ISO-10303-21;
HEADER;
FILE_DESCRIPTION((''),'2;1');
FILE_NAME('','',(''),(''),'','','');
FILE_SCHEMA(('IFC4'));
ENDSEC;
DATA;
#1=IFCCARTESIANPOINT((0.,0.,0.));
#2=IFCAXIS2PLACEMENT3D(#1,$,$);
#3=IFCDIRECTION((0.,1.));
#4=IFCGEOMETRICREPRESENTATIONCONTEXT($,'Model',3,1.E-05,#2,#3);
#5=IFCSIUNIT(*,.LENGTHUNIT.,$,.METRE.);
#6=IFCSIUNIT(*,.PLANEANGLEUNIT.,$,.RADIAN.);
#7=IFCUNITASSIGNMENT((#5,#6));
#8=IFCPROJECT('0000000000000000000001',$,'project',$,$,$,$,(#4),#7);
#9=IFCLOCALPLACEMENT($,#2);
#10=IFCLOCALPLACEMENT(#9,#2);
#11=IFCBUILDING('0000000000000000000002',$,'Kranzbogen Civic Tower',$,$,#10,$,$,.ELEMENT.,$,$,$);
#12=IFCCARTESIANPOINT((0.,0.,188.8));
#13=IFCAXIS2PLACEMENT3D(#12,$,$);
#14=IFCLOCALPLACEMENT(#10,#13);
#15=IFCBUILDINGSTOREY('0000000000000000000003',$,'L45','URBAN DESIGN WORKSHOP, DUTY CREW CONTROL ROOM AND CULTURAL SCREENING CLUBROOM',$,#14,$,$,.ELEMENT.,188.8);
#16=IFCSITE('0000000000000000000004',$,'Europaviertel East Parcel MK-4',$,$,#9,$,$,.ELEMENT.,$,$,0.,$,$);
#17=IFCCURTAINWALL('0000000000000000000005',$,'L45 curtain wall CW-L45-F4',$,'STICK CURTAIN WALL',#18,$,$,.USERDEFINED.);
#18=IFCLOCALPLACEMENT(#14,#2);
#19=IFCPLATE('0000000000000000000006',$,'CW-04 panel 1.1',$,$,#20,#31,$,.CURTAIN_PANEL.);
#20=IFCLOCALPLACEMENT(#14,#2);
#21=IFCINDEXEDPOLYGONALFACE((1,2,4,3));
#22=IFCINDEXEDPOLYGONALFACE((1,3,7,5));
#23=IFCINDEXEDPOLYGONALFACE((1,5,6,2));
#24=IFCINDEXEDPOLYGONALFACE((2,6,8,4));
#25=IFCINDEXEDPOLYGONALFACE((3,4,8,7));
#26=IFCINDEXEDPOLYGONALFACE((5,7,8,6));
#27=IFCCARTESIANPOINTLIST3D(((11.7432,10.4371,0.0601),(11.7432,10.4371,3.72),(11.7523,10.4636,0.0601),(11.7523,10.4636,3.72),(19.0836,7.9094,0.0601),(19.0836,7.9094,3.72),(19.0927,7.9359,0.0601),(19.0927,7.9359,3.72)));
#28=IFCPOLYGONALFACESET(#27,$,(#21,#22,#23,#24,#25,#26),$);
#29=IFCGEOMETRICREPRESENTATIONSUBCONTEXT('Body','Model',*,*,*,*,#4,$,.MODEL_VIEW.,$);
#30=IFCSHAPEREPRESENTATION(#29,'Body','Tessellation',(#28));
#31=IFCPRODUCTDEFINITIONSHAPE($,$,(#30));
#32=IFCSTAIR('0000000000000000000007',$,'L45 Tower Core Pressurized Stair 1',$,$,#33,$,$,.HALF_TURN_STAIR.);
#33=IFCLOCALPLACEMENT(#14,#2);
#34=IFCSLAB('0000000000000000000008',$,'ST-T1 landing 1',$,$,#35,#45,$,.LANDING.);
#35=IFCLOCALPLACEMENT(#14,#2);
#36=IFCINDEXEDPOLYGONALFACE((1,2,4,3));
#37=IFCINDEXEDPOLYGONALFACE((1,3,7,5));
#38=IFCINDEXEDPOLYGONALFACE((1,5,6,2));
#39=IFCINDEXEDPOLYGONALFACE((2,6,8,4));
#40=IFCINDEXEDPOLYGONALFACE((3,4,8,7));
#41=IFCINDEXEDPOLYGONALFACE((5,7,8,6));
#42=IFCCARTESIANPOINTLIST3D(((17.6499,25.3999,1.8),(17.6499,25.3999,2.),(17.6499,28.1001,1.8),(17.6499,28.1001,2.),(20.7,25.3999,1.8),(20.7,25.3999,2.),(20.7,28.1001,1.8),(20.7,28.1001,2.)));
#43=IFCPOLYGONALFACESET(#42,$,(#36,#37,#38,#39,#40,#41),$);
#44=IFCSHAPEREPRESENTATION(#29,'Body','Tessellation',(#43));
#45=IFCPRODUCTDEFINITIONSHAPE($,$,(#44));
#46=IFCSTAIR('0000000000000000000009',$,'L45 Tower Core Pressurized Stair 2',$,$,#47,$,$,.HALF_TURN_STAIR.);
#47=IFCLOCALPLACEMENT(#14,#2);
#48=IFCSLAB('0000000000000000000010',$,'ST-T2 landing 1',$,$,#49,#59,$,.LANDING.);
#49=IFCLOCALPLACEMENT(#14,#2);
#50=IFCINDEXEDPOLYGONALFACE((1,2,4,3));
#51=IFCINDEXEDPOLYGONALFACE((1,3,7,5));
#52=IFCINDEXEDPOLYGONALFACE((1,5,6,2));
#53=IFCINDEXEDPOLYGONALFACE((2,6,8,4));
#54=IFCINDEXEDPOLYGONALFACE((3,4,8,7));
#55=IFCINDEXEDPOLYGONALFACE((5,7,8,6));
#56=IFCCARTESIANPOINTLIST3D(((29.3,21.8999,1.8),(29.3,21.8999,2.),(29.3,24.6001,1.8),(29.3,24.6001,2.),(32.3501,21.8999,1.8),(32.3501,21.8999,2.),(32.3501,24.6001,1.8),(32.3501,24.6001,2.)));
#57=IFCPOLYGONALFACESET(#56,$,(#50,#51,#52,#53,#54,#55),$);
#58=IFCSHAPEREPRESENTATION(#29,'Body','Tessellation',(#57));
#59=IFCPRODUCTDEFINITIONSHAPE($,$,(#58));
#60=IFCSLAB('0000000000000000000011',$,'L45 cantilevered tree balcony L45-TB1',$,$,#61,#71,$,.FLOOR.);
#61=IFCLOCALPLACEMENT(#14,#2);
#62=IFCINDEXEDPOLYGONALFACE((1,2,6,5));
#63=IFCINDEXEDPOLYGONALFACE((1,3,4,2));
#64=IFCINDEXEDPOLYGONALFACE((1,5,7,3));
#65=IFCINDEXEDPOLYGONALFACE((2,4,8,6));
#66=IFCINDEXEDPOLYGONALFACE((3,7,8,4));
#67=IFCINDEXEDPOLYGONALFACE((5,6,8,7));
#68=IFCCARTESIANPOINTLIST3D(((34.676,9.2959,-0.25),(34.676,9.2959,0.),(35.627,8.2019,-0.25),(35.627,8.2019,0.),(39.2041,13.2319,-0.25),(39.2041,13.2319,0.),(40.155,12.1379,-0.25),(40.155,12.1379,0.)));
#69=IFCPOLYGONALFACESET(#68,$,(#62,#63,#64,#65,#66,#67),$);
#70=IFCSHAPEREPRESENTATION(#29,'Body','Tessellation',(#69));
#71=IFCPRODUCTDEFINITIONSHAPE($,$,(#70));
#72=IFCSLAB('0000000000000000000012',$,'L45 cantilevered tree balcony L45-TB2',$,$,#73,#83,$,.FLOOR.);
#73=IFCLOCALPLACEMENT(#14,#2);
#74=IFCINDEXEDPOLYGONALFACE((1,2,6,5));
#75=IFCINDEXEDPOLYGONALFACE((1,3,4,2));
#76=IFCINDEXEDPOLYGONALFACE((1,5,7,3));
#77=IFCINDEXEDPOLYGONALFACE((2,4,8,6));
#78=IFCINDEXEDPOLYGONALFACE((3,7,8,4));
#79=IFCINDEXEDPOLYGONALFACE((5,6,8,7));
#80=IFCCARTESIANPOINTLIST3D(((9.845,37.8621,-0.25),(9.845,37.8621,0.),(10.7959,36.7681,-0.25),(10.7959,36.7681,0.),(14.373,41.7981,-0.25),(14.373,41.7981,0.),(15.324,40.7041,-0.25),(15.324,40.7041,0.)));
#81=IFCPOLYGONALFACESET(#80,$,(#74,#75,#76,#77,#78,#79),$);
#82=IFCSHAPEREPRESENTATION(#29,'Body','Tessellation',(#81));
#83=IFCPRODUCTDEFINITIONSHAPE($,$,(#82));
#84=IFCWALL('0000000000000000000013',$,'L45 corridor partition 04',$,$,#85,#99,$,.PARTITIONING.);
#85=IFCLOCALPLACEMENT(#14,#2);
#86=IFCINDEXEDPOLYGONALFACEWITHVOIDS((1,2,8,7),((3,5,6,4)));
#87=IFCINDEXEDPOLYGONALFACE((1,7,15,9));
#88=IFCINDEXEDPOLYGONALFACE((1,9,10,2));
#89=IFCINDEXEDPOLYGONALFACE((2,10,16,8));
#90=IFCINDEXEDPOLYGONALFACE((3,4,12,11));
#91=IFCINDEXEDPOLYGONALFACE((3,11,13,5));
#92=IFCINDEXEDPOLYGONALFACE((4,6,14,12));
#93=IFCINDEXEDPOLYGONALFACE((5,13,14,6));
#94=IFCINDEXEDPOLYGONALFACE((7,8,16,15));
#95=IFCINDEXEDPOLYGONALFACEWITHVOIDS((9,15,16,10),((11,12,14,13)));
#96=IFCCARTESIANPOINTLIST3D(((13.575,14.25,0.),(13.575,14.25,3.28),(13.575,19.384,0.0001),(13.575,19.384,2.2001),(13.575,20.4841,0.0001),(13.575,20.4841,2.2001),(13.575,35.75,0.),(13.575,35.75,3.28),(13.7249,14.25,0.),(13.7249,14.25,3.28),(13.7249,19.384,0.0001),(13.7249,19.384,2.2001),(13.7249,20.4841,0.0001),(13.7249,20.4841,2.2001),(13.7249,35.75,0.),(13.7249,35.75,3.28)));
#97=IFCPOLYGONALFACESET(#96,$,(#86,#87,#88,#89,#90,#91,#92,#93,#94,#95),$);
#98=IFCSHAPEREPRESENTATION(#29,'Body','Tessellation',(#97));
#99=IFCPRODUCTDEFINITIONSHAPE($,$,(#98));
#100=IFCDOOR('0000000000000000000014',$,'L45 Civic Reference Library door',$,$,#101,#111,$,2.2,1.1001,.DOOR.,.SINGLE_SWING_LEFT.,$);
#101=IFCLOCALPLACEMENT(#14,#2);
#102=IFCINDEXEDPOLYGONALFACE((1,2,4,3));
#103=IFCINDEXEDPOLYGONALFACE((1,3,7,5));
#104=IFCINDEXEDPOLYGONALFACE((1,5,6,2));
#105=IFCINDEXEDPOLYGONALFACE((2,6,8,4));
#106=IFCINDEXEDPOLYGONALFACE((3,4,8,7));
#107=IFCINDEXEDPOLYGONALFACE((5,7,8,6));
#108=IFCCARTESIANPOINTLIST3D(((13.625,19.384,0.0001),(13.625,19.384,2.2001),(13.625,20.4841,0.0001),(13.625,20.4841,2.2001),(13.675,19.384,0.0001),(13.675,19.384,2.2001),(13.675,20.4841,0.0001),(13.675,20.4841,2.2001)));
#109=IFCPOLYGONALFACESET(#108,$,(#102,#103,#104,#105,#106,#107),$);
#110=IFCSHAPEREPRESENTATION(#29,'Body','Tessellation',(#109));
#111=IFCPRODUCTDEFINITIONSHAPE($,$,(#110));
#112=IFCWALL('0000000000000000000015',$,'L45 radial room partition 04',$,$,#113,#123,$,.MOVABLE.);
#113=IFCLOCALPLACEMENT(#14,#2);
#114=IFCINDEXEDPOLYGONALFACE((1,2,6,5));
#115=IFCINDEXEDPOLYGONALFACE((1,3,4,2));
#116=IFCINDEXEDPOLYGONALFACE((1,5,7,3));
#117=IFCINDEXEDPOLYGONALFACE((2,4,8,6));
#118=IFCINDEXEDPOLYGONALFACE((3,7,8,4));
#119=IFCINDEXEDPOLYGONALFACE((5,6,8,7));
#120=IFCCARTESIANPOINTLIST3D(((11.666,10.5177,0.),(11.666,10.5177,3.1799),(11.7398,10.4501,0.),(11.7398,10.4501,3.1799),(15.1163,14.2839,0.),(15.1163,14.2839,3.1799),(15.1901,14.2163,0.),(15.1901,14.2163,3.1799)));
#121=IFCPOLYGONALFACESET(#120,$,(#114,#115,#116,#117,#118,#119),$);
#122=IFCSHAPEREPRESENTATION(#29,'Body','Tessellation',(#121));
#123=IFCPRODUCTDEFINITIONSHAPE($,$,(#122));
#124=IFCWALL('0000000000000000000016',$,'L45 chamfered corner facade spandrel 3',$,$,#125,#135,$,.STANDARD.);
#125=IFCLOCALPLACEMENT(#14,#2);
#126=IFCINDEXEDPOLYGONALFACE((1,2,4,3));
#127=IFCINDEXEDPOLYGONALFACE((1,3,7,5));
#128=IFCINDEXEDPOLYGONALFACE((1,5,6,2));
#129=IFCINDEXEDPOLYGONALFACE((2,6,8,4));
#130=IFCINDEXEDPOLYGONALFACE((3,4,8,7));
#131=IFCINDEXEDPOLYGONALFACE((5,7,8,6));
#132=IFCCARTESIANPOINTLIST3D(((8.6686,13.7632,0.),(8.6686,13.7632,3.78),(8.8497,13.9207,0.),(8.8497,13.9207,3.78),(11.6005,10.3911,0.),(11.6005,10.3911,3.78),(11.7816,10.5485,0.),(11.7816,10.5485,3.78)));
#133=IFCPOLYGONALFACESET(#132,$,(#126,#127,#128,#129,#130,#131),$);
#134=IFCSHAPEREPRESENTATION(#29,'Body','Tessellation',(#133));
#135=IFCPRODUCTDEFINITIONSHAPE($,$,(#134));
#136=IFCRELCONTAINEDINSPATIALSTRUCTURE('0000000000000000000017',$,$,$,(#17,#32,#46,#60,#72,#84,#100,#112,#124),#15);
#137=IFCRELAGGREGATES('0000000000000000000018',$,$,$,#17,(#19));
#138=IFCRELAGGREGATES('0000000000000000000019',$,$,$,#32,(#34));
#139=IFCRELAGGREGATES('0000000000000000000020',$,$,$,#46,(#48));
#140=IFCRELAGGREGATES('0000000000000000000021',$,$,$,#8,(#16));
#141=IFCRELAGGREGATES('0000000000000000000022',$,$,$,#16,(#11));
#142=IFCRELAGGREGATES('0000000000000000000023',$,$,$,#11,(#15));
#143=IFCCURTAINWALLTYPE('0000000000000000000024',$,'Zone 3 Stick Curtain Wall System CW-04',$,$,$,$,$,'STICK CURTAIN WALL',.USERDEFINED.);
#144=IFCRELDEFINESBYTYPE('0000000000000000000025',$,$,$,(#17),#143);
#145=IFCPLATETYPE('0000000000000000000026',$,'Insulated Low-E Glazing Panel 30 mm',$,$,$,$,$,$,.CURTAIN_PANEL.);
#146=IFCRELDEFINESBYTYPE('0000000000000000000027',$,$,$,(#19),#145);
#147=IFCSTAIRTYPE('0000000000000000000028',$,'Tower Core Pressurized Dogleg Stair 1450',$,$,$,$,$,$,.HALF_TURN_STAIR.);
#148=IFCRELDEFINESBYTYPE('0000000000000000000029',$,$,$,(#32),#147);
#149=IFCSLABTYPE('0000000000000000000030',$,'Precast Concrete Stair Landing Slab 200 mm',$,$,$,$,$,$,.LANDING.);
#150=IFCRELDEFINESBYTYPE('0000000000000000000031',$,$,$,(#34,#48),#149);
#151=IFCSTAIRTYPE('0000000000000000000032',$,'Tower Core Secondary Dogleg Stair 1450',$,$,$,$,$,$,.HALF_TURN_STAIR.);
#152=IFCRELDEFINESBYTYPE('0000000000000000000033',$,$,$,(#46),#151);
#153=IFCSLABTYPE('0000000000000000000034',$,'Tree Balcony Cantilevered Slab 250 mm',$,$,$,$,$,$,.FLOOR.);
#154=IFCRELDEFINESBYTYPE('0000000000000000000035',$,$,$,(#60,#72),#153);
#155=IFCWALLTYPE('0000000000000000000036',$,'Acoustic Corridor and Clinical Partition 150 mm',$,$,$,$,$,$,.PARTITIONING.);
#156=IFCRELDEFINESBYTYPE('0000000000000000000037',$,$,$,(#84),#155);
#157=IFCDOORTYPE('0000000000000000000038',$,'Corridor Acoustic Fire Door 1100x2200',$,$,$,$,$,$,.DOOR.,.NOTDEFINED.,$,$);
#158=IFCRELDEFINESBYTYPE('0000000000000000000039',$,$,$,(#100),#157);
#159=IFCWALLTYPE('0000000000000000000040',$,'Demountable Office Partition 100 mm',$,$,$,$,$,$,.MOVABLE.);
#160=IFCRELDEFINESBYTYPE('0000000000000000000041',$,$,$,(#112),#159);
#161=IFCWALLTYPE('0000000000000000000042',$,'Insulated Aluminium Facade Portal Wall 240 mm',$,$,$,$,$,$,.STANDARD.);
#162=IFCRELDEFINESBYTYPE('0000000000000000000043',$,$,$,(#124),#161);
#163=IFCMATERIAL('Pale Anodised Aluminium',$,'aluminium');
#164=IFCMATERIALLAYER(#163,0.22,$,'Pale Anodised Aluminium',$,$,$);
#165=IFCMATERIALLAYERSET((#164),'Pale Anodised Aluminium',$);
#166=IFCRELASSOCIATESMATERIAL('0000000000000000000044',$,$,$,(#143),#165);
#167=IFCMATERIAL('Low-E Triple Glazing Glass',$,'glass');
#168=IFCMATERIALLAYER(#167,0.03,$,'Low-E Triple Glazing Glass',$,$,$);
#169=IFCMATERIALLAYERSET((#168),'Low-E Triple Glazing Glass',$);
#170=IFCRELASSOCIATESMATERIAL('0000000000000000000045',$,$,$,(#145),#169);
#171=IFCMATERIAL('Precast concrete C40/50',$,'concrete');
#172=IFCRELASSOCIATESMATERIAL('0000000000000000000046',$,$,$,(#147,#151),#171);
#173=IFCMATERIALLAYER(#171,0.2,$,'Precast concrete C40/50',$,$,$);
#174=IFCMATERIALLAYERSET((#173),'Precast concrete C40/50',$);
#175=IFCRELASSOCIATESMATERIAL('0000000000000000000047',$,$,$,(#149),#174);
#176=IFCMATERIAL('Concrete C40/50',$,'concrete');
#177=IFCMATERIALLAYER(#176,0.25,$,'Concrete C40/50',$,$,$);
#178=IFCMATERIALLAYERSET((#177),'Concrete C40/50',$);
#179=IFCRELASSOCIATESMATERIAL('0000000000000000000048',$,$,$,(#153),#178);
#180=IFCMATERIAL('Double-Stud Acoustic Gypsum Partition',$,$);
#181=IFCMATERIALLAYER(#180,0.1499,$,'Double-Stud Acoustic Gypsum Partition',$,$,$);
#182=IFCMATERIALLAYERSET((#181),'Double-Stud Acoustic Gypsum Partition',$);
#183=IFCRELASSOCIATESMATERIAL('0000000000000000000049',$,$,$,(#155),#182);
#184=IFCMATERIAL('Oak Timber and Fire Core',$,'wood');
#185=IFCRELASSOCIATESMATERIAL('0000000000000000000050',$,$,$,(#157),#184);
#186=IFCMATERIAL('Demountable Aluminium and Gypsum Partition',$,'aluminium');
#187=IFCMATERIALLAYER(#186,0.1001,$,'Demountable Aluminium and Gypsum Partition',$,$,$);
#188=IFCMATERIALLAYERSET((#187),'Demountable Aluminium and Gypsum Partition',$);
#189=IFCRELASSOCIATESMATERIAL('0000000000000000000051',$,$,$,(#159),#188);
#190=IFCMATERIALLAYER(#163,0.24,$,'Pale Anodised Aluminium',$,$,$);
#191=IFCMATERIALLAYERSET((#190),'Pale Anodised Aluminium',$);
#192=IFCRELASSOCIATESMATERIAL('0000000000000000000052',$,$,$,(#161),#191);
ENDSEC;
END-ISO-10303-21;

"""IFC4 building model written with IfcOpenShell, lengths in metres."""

from ifc_helpers import new_model, si_unit, direction, frame, frame_2d, origin, origin_2d, place, context, subcontext, project, spatial, polyline, rectangle, outline, extrude, material, layer, layer_set, type_object, element, fill, aggregate, save


model = new_model("IFC4")

# Units and contexts
model_context = context("Model", 3, precision=1e-05, world=origin(), true_north=direction((0.0, 1.0)))
body_context = subcontext(model_context, "Body", "Model", "MODEL_VIEW")
ifc_project = project(units=[si_unit("LENGTHUNIT", "METRE"), si_unit("PLANEANGLEUNIT", "RADIAN")], contexts=[model_context])

# Site, building, storey
site_placement = place(None, origin())
site = spatial("IfcSite", under=ifc_project, at=site_placement, Name="Europaviertel East Parcel MK-4", CompositionType="ELEMENT", RefElevation=0.0)
building_placement = place(site_placement, origin())
building = spatial("IfcBuilding", under=site, at=building_placement, Name="Kranzbogen Civic Tower", CompositionType="ELEMENT")
storey_placement = place(building_placement, frame((0.0, 0.0, 188.8)))
storey = spatial("IfcBuildingStorey", under=building, at=storey_placement, Name="L45", Description="URBAN DESIGN WORKSHOP, DUTY CREW CONTROL ROOM AND CULTURAL SCREENING CLUBROOM", CompositionType="ELEMENT", Elevation=188.8)

# Shared definitions
ifc_material_1 = material(Name="Pale Anodised Aluminium", Category="aluminium")
ifc_layer_1 = layer(ifc_material_1, 0.22, Name="Pale Anodised Aluminium")
ifc_layer_set_1 = layer_set([ifc_layer_1], Name="Pale Anodised Aluminium")
curtain_wall_type = type_object("IfcCurtainWallType", Name="Zone 3 Stick Curtain Wall System CW-04", ElementType="STICK CURTAIN WALL", PredefinedType="USERDEFINED", material=ifc_layer_set_1)

# Curtain wall
curtain_wall_1_placement = place(storey_placement, origin())
curtain_wall_1 = element("IfcCurtainWall", 1, at=curtain_wall_1_placement, inside=storey, type_object=curtain_wall_type, Name="L45 curtain wall CW-L45-F4", ObjectType="STICK CURTAIN WALL", PredefinedType="USERDEFINED")

# Shared definitions
ifc_material_2 = material(Name="Concrete C40/50", Category="concrete")

# Plate
ifc_material_3 = material(Name="Low-E Triple Glazing Glass", Category="glass")
ifc_layer_2 = layer(ifc_material_3, 0.03, Name="Low-E Triple Glazing Glass")
ifc_layer_set_2 = layer_set([ifc_layer_2], Name="Low-E Triple Glazing Glass")
plate_type = type_object("IfcPlateType", Name="Insulated Low-E Glazing Panel 30 mm", PredefinedType="CURTAIN_PANEL", material=ifc_layer_set_2)
plate_1_placement = place(storey_placement, frame((15.418, 9.1865, 0.0601), z_axis=(0.0, 0.0, 1.0), x_axis=(0.945511, -0.32559, 0.0)))
plate_1 = element("IfcPlate", 2, at=plate_1_placement, type_object=plate_type, Name="CW-04 panel 1.1", PredefinedType="CURTAIN_PANEL", context=body_context, shape_type="SweptSolid", body=[
    extrude(rectangle(XDim=7.7634, YDim=0.0281, at=origin_2d()), origin(), (0.0, 0.0, 1.0), 3.6599),
])
aggregate(curtain_wall_1, [plate_1])

# Stairs, slabs
ifc_material_4 = material(Name="Precast concrete C40/50", Category="concrete")
stair_type_1 = type_object("IfcStairType", Name="Tower Core Pressurized Dogleg Stair 1450", PredefinedType="HALF_TURN_STAIR", material=ifc_material_4)
stair_1_placement = place(storey_placement, origin())
stair_1 = element("IfcStair", 3, at=stair_1_placement, inside=storey, type_object=stair_type_1, Name="L45 Tower Core Pressurized Stair 1", PredefinedType="HALF_TURN_STAIR")
ifc_layer_3 = layer(ifc_material_4, 0.2, Name="Precast concrete C40/50")
ifc_layer_set_3 = layer_set([ifc_layer_3], Name="Precast concrete C40/50")
slab_type_1 = type_object("IfcSlabType", Name="Precast Concrete Stair Landing Slab 200 mm", PredefinedType="LANDING", material=ifc_layer_set_3)
slab_1_placement = place(storey_placement, frame((0.0, 0.0, 1.8)))
slab_1 = element("IfcSlab", 4, at=slab_1_placement, type_object=slab_type_1, Name="ST-T1 landing 1", PredefinedType="LANDING", context=body_context, shape_type="SweptSolid", body=[
    extrude(outline(polyline([(20.7, 25.3999), (20.7, 28.1001), (17.6499, 28.1001), (17.6499, 25.3999), (20.7, 25.3999)])), origin(), (0.0, 0.0, 1.0), 0.2),
])
aggregate(stair_1, [slab_1])
stair_type_2 = type_object("IfcStairType", Name="Tower Core Secondary Dogleg Stair 1450", PredefinedType="HALF_TURN_STAIR", material=ifc_material_4)
stair_2_placement = place(storey_placement, origin())
stair_2 = element("IfcStair", 5, at=stair_2_placement, inside=storey, type_object=stair_type_2, Name="L45 Tower Core Pressurized Stair 2", PredefinedType="HALF_TURN_STAIR")
slab_2_placement = place(storey_placement, frame((0.0, 0.0, 1.8)))
slab_2 = element("IfcSlab", 6, at=slab_2_placement, type_object=slab_type_1, Name="ST-T2 landing 1", PredefinedType="LANDING", context=body_context, shape_type="SweptSolid", body=[
    extrude(outline(polyline([(29.3, 24.6001), (29.3, 21.8999), (32.3501, 21.8999), (32.3501, 24.6001), (29.3, 24.6001)])), origin(), (0.0, 0.0, 1.0), 0.2),
])
aggregate(stair_2, [slab_2])

# Slabs
ifc_layer_4 = layer(ifc_material_2, 0.25, Name="Concrete C40/50")
ifc_layer_set_4 = layer_set([ifc_layer_4], Name="Concrete C40/50")
slab_type_2 = type_object("IfcSlabType", Name="Tree Balcony Cantilevered Slab 250 mm", PredefinedType="FLOOR", material=ifc_layer_set_4)
slab_3_placement = place(storey_placement, frame((0.0, 0.0, -0.25)))
element("IfcSlab", 7, at=slab_3_placement, inside=storey, type_object=slab_type_2, Name="L45 cantilevered tree balcony L45-TB1", PredefinedType="FLOOR", context=body_context, shape_type="SweptSolid", body=[
    extrude(outline(polyline([(34.676, 9.2959), (39.2041, 13.2319), (40.155, 12.1379), (35.627, 8.2019), (34.676, 9.2959)])), origin(), (0.0, 0.0, 1.0), 0.25),
])
slab_4_placement = place(storey_placement, frame((0.0, 0.0, -0.25)))
element("IfcSlab", 8, at=slab_4_placement, inside=storey, type_object=slab_type_2, Name="L45 cantilevered tree balcony L45-TB2", PredefinedType="FLOOR", context=body_context, shape_type="SweptSolid", body=[
    extrude(outline(polyline([(15.324, 40.7041), (10.7959, 36.7681), (9.845, 37.8621), (14.373, 41.7981), (15.324, 40.7041)])), origin(), (0.0, 0.0, 1.0), 0.25),
])

# Wall, opening, door
ifc_material_5 = material(Name="Double-Stud Acoustic Gypsum Partition")
ifc_layer_5 = layer(ifc_material_5, 0.1499, Name="Double-Stud Acoustic Gypsum Partition")
ifc_layer_set_5 = layer_set([ifc_layer_5], Name="Double-Stud Acoustic Gypsum Partition")
wall_type_1 = type_object("IfcWallType", Name="Acoustic Corridor and Clinical Partition 150 mm", PredefinedType="PARTITIONING", material=ifc_layer_set_5)
wall_1_placement = place(storey_placement, frame((13.6499, 14.25, 0.0), z_axis=(0.0, 0.0, 1.0), x_axis=(0.0, 1.0, 0.0)))
wall_1 = element("IfcWall", 9, at=wall_1_placement, inside=storey, type_object=wall_type_1, Name="L45 corridor partition 04", PredefinedType="PARTITIONING", context=body_context, shape_type="SweptSolid", body=[
    extrude(rectangle(XDim=21.5, YDim=0.1499, at=frame_2d((10.75, 0.0))), origin(), (0.0, 0.0, 1.0), 3.28),
])
opening_placement = place(wall_1_placement, frame((5.134, 0.0, 0.0)))
opening = element("IfcOpeningElement", 10, at=opening_placement, cuts=wall_1, PredefinedType="OPENING", context=body_context, shape_type="SweptSolid", body=[
    extrude(rectangle(XDim=1.1001, YDim=2.2, at=frame_2d((0.55, 1.1001))), frame((0.0, 0.085, 0.0), z_axis=(0.0, -1.0, 0.0), x_axis=(1.0, 0.0, 0.0)), (0.0, 0.0, 1.0), 0.1699),
])
ifc_material_6 = material(Name="Oak Timber and Fire Core", Category="wood")
door_type = type_object("IfcDoorType", Name="Corridor Acoustic Fire Door 1100x2200", OperationType="NOTDEFINED", PredefinedType="DOOR", material=ifc_material_6)
door_placement = place(opening_placement, origin())
door = element("IfcDoor", 11, at=door_placement, inside=storey, type_object=door_type, Name="L45 Civic Reference Library door", OperationType="SINGLE_SWING_LEFT", OverallHeight=2.2, OverallWidth=1.1001, PredefinedType="DOOR", context=body_context, shape_type="SweptSolid", body=[
    extrude(rectangle(XDim=1.1001, YDim=2.2, at=frame_2d((0.55, 1.1001))), frame((0.0, 0.0249, 0.0), z_axis=(0.0, -1.0, 0.0), x_axis=(1.0, 0.0, 0.0)), (0.0, 0.0, 1.0), 0.05),
])
fill(opening, door)

# Walls
ifc_material_7 = material(Name="Demountable Aluminium and Gypsum Partition", Category="aluminium")
ifc_layer_6 = layer(ifc_material_7, 0.1001, Name="Demountable Aluminium and Gypsum Partition")
ifc_layer_set_6 = layer_set([ifc_layer_6], Name="Demountable Aluminium and Gypsum Partition")
wall_type_2 = type_object("IfcWallType", Name="Demountable Office Partition 100 mm", PredefinedType="MOVABLE", material=ifc_layer_set_6)
wall_2_placement = place(storey_placement, frame((15.1531, 14.25, 0.0), z_axis=(0.0, 0.0, 1.0), x_axis=(-0.675504, -0.737356, 0.0)))
element("IfcWall", 12, at=wall_2_placement, inside=storey, type_object=wall_type_2, Name="L45 radial room partition 04", PredefinedType="MOVABLE", context=body_context, shape_type="SweptSolid", body=[
    extrude(rectangle(XDim=5.1077, YDim=0.1001, at=frame_2d((2.5537, 0.0))), origin(), (0.0, 0.0, 1.0), 3.1799),
])
ifc_layer_7 = layer(ifc_material_1, 0.24, Name="Pale Anodised Aluminium")
ifc_layer_set_7 = layer_set([ifc_layer_7], Name="Pale Anodised Aluminium")
wall_type_3 = type_object("IfcWallType", Name="Insulated Aluminium Facade Portal Wall 240 mm", PredefinedType="STANDARD", material=ifc_layer_set_7)
wall_3_placement = place(storey_placement, frame((8.759, 13.842, 0.0), z_axis=(0.0, 0.0, 1.0), x_axis=(0.656134, -0.754644, 0.0)))
element("IfcWall", 13, at=wall_3_placement, inside=storey, type_object=wall_type_3, Name="L45 chamfered corner facade spandrel 3", PredefinedType="STANDARD", context=body_context, shape_type="SweptSolid", body=[
    extrude(rectangle(XDim=4.4685, YDim=0.24, at=frame_2d((2.2344, 0.0))), origin(), (0.0, 0.0, 1.0), 3.78),
])

save(model, "model.ifc")
